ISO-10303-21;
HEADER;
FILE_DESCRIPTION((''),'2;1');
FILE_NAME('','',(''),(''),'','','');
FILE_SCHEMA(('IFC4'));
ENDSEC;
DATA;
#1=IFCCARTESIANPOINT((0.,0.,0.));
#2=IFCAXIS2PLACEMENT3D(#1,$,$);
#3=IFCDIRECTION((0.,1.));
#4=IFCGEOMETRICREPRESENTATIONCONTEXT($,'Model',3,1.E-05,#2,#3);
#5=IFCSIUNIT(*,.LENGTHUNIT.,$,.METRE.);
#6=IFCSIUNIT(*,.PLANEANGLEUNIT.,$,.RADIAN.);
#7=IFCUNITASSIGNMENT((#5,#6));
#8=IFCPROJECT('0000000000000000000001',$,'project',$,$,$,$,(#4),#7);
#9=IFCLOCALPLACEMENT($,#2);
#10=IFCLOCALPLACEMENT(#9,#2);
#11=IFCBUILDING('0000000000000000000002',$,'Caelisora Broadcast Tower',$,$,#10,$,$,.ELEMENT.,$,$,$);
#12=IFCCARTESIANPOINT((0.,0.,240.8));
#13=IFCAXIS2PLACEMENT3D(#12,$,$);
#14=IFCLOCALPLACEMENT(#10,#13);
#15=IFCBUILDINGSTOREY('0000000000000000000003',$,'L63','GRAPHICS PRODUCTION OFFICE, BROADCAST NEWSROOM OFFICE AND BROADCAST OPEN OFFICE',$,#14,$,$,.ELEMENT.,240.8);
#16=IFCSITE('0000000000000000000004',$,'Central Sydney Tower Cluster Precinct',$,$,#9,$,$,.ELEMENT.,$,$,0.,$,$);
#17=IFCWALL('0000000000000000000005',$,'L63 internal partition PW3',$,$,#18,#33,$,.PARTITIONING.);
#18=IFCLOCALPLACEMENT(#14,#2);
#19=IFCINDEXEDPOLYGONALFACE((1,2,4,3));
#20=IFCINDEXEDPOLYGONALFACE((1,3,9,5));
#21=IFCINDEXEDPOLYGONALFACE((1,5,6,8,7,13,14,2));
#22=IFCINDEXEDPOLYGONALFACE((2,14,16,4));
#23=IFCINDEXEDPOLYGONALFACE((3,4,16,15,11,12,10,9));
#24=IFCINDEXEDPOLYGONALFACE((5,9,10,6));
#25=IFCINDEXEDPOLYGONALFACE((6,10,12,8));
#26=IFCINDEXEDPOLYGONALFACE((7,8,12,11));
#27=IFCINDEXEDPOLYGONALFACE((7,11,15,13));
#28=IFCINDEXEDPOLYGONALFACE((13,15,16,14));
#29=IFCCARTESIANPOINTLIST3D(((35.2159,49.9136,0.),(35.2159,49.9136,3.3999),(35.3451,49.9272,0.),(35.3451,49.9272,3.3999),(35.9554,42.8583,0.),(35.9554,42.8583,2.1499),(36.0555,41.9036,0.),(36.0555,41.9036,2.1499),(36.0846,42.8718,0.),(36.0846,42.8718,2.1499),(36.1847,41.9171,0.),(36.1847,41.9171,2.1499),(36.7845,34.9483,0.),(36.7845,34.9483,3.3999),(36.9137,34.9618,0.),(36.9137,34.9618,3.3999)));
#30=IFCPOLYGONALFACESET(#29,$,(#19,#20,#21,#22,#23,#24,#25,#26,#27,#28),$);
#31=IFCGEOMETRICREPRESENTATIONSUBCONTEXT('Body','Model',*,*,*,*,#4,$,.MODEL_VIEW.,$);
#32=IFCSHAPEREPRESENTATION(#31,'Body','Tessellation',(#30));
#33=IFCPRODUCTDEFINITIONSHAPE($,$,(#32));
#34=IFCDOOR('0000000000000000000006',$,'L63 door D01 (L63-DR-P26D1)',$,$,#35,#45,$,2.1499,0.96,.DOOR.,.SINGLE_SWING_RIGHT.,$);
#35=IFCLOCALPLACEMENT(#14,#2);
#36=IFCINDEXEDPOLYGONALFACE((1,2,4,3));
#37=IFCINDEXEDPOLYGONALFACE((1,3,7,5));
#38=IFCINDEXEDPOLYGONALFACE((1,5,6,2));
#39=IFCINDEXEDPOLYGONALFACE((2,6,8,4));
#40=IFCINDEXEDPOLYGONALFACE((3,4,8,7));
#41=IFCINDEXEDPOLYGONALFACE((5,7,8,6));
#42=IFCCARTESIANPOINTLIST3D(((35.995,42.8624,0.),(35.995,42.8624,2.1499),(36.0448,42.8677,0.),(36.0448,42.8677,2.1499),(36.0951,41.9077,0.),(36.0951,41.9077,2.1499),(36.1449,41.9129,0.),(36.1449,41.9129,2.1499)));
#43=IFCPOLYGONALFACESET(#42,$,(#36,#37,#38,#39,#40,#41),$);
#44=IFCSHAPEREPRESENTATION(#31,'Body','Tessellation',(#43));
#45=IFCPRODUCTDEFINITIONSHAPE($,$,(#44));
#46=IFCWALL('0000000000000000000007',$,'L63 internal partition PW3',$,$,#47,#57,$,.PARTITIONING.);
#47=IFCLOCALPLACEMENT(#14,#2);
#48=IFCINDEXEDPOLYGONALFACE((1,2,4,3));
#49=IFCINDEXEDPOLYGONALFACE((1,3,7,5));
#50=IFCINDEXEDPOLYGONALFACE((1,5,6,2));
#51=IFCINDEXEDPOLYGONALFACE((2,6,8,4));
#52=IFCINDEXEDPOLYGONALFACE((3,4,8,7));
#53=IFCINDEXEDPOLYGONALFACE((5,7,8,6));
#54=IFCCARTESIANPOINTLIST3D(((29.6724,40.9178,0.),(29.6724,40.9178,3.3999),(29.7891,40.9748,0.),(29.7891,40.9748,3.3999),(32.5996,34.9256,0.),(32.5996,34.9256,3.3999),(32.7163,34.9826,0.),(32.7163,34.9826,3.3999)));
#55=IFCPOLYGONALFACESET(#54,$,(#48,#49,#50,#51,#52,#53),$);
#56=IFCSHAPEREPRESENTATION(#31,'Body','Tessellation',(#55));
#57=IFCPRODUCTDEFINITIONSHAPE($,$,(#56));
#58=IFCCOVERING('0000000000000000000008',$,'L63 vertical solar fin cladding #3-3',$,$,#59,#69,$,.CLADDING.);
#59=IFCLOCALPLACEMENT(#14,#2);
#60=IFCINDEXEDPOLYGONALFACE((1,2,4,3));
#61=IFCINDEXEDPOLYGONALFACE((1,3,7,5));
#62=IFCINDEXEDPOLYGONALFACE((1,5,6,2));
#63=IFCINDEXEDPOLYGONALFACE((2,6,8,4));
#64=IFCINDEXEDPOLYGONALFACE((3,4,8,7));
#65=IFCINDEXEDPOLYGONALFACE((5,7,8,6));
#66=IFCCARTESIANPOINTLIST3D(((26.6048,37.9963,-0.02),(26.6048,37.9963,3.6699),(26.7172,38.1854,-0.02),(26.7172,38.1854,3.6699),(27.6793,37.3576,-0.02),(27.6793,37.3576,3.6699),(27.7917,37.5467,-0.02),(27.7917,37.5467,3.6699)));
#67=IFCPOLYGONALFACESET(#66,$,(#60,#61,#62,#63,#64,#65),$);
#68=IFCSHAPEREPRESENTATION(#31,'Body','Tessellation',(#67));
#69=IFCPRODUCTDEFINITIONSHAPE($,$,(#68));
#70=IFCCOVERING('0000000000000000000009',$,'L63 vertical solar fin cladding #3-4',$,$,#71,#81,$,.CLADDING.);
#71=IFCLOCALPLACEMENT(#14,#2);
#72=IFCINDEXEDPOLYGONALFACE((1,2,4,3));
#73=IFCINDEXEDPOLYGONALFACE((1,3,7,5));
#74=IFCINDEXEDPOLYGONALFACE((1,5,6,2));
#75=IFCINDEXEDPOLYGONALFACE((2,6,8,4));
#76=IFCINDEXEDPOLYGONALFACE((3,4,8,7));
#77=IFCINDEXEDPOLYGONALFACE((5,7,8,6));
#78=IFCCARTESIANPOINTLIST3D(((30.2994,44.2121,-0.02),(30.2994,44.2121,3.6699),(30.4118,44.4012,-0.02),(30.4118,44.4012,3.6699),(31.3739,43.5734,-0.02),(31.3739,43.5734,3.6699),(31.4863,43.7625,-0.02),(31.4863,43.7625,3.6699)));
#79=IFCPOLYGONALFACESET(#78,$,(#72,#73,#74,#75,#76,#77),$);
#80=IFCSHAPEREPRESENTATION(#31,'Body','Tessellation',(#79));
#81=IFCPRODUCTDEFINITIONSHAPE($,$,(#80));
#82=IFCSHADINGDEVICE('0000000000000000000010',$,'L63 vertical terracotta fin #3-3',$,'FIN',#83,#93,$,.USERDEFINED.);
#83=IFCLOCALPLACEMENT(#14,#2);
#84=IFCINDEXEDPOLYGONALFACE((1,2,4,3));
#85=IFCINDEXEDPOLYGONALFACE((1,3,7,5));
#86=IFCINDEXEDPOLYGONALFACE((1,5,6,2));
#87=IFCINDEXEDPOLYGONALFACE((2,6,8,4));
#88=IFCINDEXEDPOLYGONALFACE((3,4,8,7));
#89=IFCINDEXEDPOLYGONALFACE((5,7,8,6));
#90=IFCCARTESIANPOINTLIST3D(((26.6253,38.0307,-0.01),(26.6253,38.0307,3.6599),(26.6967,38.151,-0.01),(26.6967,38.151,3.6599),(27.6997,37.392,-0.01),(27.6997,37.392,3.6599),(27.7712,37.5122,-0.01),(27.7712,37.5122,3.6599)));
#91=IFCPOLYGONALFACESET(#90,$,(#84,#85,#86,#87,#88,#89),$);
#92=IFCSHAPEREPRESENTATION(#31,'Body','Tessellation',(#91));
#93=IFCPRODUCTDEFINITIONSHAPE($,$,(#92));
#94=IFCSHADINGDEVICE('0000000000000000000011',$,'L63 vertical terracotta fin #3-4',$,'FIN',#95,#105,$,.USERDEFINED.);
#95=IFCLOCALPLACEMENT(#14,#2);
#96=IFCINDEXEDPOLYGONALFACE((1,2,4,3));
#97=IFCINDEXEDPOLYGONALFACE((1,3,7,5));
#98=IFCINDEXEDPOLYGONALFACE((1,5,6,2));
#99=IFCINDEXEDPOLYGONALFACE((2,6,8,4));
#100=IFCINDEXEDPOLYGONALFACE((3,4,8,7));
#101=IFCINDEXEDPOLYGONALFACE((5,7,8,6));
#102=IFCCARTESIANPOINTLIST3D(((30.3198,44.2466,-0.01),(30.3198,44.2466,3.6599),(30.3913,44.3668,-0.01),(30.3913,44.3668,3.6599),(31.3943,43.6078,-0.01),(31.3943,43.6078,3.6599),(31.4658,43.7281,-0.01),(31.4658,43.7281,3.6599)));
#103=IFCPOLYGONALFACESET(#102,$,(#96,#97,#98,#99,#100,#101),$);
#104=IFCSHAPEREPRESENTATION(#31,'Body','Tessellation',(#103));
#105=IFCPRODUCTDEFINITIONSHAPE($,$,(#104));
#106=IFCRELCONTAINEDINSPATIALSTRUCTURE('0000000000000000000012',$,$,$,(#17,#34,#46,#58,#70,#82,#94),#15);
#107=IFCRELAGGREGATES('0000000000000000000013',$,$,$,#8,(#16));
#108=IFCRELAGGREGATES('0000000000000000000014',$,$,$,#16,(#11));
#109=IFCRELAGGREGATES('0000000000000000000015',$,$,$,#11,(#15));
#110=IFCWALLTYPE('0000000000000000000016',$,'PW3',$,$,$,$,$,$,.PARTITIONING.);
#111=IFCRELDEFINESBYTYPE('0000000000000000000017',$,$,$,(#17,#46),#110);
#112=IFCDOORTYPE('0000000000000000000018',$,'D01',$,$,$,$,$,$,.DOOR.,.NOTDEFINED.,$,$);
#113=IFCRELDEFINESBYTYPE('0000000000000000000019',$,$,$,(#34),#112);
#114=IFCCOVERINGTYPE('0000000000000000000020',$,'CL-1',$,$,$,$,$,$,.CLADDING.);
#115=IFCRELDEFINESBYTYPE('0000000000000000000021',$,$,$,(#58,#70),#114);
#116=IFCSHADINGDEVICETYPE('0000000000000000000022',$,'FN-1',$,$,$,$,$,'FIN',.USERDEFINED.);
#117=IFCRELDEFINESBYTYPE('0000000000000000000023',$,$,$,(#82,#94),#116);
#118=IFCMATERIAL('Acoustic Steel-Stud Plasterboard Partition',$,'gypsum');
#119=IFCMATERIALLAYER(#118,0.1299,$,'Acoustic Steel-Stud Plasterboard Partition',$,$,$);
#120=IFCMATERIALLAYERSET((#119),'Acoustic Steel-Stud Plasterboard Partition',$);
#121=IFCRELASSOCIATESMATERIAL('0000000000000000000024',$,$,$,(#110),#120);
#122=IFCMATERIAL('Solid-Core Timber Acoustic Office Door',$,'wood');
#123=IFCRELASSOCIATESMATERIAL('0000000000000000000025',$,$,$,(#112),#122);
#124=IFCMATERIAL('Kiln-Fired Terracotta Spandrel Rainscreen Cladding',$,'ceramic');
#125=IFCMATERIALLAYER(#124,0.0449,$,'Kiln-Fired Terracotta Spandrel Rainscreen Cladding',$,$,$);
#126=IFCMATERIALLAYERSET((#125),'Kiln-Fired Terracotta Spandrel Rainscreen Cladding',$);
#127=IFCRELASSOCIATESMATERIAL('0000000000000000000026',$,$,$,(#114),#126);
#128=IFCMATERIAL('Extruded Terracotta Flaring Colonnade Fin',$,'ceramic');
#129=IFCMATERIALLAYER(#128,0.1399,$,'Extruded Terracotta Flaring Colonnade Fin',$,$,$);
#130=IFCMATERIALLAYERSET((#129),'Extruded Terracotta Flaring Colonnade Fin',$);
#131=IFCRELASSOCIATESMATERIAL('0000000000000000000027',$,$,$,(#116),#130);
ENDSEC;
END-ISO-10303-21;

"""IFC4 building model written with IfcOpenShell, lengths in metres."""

from ifc_helpers import new_model, si_unit, direction, frame, frame_2d, origin, origin_2d, place, context, subcontext, project, spatial, rectangle, extrude, source, transform, mapped, material, layer, layer_set, type_object, type_shapes, element, fill, save


model = new_model("IFC4")

# Units and contexts
model_context = context("Model", 3, precision=1e-05, world=origin(), true_north=direction((0.0, 1.0)))
body_context = subcontext(model_context, "Body", "Model", "MODEL_VIEW")
ifc_project = project(units=[si_unit("LENGTHUNIT", "METRE"), si_unit("PLANEANGLEUNIT", "RADIAN")], contexts=[model_context])

# Site, building, storey
site_placement = place(None, origin())
site = spatial("IfcSite", under=ifc_project, at=site_placement, Name="Central Sydney Tower Cluster Precinct", CompositionType="ELEMENT", RefElevation=0.0)
building_placement = place(site_placement, origin())
building = spatial("IfcBuilding", under=site, at=building_placement, Name="Caelisora Broadcast Tower", CompositionType="ELEMENT")
storey_placement = place(building_placement, frame((0.0, 0.0, 240.8)))
storey = spatial("IfcBuildingStorey", under=building, at=storey_placement, Name="L63", Description="GRAPHICS PRODUCTION OFFICE, BROADCAST NEWSROOM OFFICE AND BROADCAST OPEN OFFICE", CompositionType="ELEMENT", Elevation=240.8)

# Wall, opening, door
ifc_material_1 = material(Name="Acoustic Steel-Stud Plasterboard Partition", Category="gypsum")
ifc_layer_1 = layer(ifc_material_1, 0.1299, Name="Acoustic Steel-Stud Plasterboard Partition")
ifc_layer_set_1 = layer_set([ifc_layer_1], Name="Acoustic Steel-Stud Plasterboard Partition")
wall_type_1 = type_object("IfcWallType", Name="PW3", PredefinedType="PARTITIONING", material=ifc_layer_set_1)
wall_1_placement = place(storey_placement, frame((35.2805, 49.9204, 0.0), z_axis=(0.0, 0.0, 1.0), x_axis=(0.104245, -0.994552, 0.0)))
wall_1 = element("IfcWall", 1, at=wall_1_placement, inside=storey, type_object=wall_type_1, Name="L63 internal partition PW3", PredefinedType="PARTITIONING", context=body_context, shape_type="SweptSolid", body=[
    extrude(rectangle(XDim=15.0474, YDim=0.1299, at=frame_2d((7.5237, 0.0))), origin(), (0.0, 0.0, 1.0), 3.3999),
])
opening_1_placement = place(wall_1_placement, frame((7.094, 0.0, 0.0)))
opening_1 = element("IfcOpeningElement", 2, at=opening_1_placement, cuts=wall_1, PredefinedType="OPENING", context=body_context, shape_type="SweptSolid", body=[
    extrude(rectangle(XDim=0.96, YDim=2.1499, at=frame_2d((0.48, 1.075))), frame((0.0, 0.0769, 0.0), z_axis=(0.0, -1.0, 0.0), x_axis=(1.0, 0.0, 0.0)), (0.0, 0.0, 1.0), 0.1538),
])
ifc_material_2 = material(Name="Solid-Core Timber Acoustic Office Door", Category="wood")
door_type = type_object("IfcDoorType", Name="D01", OperationType="NOTDEFINED", PredefinedType="DOOR", material=ifc_material_2)
door_placement = place(opening_1_placement, origin())
door = element("IfcDoor", 3, at=door_placement, inside=storey, type_object=door_type, Name="L63 door D01 (L63-DR-P26D1)", OperationType="SINGLE_SWING_RIGHT", OverallHeight=2.1499, OverallWidth=0.96, PredefinedType="DOOR", context=body_context, shape_type="SweptSolid", body=[
    extrude(rectangle(XDim=0.96, YDim=2.1499, at=frame_2d((0.48, 1.075))), frame((0.0, 0.0249, 0.0), z_axis=(0.0, -1.0, 0.0), x_axis=(1.0, 0.0, 0.0)), (0.0, 0.0, 1.0), 0.05),
])
fill(opening_1, door)

# Wall
wall_2_placement = place(storey_placement, frame((29.7307, 40.9463, 0.0), z_axis=(0.0, 0.0, 1.0), x_axis=(0.438936, -0.898518, 0.0)))
element("IfcWall", 4, at=wall_2_placement, inside=storey, type_object=wall_type_1, Name="L63 internal partition PW3", PredefinedType="PARTITIONING", context=body_context, shape_type="SweptSolid", body=[
    extrude(rectangle(XDim=6.6689, YDim=0.1299, at=frame_2d((3.3345, 0.0))), origin(), (0.0, 0.0, 1.0), 3.3999),
])

# Coverings
ifc_material_3 = material(Name="Kiln-Fired Terracotta Spandrel Rainscreen Cladding", Category="ceramic")
ifc_layer_2 = layer(ifc_material_3, 0.0449, Name="Kiln-Fired Terracotta Spandrel Rainscreen Cladding")
ifc_layer_set_2 = layer_set([ifc_layer_2], Name="Kiln-Fired Terracotta Spandrel Rainscreen Cladding")
covering_type = type_object("IfcCoveringType", Name="CL-1", PredefinedType="CLADDING", material=ifc_layer_set_2)
shared_shape_1 = source(origin(), body_context, "Body", "SweptSolid", [
    extrude(rectangle(XDim=0.22, YDim=1.25, at=origin_2d()), origin(), (0.0, 0.0, 1.0), 3.6899),
])
type_shapes(covering_type, [shared_shape_1])
for number, where, z_axis, x_axis, name in (
    (5, (27.1982, 37.7715, -0.02), (0.0, 0.0, 1.0), (0.510993, 0.859585, 0.0), "L63 vertical solar fin cladding #3-3"),
    (6, (30.8928, 43.9873, -0.02), (0.0, 0.0, 1.0), (0.510993, 0.859585, 0.0), "L63 vertical solar fin cladding #3-4"),
):
    element("IfcCovering", number, at=place(storey_placement, frame(where, z_axis=z_axis, x_axis=x_axis)), inside=storey, type_object=covering_type, Name=name, PredefinedType="CLADDING", context=body_context, shape_type="MappedRepresentation", body=[
        mapped(shared_shape_1, transform((0.0, 0.0, 0.0), scale=1.0)),
    ])

# Shading devices
ifc_material_4 = material(Name="Extruded Terracotta Flaring Colonnade Fin", Category="ceramic")
ifc_layer_3 = layer(ifc_material_4, 0.1399, Name="Extruded Terracotta Flaring Colonnade Fin")
ifc_layer_set_3 = layer_set([ifc_layer_3], Name="Extruded Terracotta Flaring Colonnade Fin")
shading_device_type = type_object("IfcShadingDeviceType", Name="FN-1", ElementType="FIN", PredefinedType="USERDEFINED", material=ifc_layer_set_3)
shared_shape_2 = source(origin(), body_context, "Body", "SweptSolid", [
    extrude(rectangle(XDim=0.1399, YDim=1.25, at=origin_2d()), origin(), (0.0, 0.0, 1.0), 3.6699),
])
type_shapes(shading_device_type, [shared_shape_2])
for number, where, z_axis, x_axis, name in (
    (7, (27.1982, 37.7715, -0.01), (0.0, 0.0, 1.0), (0.510993, 0.859585, 0.0), "L63 vertical terracotta fin #3-3"),
    (8, (30.8928, 43.9873, -0.01), (0.0, 0.0, 1.0), (0.510993, 0.859585, 0.0), "L63 vertical terracotta fin #3-4"),
):
    element("IfcShadingDevice", number, at=place(storey_placement, frame(where, z_axis=z_axis, x_axis=x_axis)), inside=storey, type_object=shading_device_type, Name=name, ObjectType="FIN", PredefinedType="USERDEFINED", context=body_context, shape_type="MappedRepresentation", body=[
        mapped(shared_shape_2, transform((0.0, 0.0, 0.0), scale=1.0)),
    ])

save(model, "model.ifc")
